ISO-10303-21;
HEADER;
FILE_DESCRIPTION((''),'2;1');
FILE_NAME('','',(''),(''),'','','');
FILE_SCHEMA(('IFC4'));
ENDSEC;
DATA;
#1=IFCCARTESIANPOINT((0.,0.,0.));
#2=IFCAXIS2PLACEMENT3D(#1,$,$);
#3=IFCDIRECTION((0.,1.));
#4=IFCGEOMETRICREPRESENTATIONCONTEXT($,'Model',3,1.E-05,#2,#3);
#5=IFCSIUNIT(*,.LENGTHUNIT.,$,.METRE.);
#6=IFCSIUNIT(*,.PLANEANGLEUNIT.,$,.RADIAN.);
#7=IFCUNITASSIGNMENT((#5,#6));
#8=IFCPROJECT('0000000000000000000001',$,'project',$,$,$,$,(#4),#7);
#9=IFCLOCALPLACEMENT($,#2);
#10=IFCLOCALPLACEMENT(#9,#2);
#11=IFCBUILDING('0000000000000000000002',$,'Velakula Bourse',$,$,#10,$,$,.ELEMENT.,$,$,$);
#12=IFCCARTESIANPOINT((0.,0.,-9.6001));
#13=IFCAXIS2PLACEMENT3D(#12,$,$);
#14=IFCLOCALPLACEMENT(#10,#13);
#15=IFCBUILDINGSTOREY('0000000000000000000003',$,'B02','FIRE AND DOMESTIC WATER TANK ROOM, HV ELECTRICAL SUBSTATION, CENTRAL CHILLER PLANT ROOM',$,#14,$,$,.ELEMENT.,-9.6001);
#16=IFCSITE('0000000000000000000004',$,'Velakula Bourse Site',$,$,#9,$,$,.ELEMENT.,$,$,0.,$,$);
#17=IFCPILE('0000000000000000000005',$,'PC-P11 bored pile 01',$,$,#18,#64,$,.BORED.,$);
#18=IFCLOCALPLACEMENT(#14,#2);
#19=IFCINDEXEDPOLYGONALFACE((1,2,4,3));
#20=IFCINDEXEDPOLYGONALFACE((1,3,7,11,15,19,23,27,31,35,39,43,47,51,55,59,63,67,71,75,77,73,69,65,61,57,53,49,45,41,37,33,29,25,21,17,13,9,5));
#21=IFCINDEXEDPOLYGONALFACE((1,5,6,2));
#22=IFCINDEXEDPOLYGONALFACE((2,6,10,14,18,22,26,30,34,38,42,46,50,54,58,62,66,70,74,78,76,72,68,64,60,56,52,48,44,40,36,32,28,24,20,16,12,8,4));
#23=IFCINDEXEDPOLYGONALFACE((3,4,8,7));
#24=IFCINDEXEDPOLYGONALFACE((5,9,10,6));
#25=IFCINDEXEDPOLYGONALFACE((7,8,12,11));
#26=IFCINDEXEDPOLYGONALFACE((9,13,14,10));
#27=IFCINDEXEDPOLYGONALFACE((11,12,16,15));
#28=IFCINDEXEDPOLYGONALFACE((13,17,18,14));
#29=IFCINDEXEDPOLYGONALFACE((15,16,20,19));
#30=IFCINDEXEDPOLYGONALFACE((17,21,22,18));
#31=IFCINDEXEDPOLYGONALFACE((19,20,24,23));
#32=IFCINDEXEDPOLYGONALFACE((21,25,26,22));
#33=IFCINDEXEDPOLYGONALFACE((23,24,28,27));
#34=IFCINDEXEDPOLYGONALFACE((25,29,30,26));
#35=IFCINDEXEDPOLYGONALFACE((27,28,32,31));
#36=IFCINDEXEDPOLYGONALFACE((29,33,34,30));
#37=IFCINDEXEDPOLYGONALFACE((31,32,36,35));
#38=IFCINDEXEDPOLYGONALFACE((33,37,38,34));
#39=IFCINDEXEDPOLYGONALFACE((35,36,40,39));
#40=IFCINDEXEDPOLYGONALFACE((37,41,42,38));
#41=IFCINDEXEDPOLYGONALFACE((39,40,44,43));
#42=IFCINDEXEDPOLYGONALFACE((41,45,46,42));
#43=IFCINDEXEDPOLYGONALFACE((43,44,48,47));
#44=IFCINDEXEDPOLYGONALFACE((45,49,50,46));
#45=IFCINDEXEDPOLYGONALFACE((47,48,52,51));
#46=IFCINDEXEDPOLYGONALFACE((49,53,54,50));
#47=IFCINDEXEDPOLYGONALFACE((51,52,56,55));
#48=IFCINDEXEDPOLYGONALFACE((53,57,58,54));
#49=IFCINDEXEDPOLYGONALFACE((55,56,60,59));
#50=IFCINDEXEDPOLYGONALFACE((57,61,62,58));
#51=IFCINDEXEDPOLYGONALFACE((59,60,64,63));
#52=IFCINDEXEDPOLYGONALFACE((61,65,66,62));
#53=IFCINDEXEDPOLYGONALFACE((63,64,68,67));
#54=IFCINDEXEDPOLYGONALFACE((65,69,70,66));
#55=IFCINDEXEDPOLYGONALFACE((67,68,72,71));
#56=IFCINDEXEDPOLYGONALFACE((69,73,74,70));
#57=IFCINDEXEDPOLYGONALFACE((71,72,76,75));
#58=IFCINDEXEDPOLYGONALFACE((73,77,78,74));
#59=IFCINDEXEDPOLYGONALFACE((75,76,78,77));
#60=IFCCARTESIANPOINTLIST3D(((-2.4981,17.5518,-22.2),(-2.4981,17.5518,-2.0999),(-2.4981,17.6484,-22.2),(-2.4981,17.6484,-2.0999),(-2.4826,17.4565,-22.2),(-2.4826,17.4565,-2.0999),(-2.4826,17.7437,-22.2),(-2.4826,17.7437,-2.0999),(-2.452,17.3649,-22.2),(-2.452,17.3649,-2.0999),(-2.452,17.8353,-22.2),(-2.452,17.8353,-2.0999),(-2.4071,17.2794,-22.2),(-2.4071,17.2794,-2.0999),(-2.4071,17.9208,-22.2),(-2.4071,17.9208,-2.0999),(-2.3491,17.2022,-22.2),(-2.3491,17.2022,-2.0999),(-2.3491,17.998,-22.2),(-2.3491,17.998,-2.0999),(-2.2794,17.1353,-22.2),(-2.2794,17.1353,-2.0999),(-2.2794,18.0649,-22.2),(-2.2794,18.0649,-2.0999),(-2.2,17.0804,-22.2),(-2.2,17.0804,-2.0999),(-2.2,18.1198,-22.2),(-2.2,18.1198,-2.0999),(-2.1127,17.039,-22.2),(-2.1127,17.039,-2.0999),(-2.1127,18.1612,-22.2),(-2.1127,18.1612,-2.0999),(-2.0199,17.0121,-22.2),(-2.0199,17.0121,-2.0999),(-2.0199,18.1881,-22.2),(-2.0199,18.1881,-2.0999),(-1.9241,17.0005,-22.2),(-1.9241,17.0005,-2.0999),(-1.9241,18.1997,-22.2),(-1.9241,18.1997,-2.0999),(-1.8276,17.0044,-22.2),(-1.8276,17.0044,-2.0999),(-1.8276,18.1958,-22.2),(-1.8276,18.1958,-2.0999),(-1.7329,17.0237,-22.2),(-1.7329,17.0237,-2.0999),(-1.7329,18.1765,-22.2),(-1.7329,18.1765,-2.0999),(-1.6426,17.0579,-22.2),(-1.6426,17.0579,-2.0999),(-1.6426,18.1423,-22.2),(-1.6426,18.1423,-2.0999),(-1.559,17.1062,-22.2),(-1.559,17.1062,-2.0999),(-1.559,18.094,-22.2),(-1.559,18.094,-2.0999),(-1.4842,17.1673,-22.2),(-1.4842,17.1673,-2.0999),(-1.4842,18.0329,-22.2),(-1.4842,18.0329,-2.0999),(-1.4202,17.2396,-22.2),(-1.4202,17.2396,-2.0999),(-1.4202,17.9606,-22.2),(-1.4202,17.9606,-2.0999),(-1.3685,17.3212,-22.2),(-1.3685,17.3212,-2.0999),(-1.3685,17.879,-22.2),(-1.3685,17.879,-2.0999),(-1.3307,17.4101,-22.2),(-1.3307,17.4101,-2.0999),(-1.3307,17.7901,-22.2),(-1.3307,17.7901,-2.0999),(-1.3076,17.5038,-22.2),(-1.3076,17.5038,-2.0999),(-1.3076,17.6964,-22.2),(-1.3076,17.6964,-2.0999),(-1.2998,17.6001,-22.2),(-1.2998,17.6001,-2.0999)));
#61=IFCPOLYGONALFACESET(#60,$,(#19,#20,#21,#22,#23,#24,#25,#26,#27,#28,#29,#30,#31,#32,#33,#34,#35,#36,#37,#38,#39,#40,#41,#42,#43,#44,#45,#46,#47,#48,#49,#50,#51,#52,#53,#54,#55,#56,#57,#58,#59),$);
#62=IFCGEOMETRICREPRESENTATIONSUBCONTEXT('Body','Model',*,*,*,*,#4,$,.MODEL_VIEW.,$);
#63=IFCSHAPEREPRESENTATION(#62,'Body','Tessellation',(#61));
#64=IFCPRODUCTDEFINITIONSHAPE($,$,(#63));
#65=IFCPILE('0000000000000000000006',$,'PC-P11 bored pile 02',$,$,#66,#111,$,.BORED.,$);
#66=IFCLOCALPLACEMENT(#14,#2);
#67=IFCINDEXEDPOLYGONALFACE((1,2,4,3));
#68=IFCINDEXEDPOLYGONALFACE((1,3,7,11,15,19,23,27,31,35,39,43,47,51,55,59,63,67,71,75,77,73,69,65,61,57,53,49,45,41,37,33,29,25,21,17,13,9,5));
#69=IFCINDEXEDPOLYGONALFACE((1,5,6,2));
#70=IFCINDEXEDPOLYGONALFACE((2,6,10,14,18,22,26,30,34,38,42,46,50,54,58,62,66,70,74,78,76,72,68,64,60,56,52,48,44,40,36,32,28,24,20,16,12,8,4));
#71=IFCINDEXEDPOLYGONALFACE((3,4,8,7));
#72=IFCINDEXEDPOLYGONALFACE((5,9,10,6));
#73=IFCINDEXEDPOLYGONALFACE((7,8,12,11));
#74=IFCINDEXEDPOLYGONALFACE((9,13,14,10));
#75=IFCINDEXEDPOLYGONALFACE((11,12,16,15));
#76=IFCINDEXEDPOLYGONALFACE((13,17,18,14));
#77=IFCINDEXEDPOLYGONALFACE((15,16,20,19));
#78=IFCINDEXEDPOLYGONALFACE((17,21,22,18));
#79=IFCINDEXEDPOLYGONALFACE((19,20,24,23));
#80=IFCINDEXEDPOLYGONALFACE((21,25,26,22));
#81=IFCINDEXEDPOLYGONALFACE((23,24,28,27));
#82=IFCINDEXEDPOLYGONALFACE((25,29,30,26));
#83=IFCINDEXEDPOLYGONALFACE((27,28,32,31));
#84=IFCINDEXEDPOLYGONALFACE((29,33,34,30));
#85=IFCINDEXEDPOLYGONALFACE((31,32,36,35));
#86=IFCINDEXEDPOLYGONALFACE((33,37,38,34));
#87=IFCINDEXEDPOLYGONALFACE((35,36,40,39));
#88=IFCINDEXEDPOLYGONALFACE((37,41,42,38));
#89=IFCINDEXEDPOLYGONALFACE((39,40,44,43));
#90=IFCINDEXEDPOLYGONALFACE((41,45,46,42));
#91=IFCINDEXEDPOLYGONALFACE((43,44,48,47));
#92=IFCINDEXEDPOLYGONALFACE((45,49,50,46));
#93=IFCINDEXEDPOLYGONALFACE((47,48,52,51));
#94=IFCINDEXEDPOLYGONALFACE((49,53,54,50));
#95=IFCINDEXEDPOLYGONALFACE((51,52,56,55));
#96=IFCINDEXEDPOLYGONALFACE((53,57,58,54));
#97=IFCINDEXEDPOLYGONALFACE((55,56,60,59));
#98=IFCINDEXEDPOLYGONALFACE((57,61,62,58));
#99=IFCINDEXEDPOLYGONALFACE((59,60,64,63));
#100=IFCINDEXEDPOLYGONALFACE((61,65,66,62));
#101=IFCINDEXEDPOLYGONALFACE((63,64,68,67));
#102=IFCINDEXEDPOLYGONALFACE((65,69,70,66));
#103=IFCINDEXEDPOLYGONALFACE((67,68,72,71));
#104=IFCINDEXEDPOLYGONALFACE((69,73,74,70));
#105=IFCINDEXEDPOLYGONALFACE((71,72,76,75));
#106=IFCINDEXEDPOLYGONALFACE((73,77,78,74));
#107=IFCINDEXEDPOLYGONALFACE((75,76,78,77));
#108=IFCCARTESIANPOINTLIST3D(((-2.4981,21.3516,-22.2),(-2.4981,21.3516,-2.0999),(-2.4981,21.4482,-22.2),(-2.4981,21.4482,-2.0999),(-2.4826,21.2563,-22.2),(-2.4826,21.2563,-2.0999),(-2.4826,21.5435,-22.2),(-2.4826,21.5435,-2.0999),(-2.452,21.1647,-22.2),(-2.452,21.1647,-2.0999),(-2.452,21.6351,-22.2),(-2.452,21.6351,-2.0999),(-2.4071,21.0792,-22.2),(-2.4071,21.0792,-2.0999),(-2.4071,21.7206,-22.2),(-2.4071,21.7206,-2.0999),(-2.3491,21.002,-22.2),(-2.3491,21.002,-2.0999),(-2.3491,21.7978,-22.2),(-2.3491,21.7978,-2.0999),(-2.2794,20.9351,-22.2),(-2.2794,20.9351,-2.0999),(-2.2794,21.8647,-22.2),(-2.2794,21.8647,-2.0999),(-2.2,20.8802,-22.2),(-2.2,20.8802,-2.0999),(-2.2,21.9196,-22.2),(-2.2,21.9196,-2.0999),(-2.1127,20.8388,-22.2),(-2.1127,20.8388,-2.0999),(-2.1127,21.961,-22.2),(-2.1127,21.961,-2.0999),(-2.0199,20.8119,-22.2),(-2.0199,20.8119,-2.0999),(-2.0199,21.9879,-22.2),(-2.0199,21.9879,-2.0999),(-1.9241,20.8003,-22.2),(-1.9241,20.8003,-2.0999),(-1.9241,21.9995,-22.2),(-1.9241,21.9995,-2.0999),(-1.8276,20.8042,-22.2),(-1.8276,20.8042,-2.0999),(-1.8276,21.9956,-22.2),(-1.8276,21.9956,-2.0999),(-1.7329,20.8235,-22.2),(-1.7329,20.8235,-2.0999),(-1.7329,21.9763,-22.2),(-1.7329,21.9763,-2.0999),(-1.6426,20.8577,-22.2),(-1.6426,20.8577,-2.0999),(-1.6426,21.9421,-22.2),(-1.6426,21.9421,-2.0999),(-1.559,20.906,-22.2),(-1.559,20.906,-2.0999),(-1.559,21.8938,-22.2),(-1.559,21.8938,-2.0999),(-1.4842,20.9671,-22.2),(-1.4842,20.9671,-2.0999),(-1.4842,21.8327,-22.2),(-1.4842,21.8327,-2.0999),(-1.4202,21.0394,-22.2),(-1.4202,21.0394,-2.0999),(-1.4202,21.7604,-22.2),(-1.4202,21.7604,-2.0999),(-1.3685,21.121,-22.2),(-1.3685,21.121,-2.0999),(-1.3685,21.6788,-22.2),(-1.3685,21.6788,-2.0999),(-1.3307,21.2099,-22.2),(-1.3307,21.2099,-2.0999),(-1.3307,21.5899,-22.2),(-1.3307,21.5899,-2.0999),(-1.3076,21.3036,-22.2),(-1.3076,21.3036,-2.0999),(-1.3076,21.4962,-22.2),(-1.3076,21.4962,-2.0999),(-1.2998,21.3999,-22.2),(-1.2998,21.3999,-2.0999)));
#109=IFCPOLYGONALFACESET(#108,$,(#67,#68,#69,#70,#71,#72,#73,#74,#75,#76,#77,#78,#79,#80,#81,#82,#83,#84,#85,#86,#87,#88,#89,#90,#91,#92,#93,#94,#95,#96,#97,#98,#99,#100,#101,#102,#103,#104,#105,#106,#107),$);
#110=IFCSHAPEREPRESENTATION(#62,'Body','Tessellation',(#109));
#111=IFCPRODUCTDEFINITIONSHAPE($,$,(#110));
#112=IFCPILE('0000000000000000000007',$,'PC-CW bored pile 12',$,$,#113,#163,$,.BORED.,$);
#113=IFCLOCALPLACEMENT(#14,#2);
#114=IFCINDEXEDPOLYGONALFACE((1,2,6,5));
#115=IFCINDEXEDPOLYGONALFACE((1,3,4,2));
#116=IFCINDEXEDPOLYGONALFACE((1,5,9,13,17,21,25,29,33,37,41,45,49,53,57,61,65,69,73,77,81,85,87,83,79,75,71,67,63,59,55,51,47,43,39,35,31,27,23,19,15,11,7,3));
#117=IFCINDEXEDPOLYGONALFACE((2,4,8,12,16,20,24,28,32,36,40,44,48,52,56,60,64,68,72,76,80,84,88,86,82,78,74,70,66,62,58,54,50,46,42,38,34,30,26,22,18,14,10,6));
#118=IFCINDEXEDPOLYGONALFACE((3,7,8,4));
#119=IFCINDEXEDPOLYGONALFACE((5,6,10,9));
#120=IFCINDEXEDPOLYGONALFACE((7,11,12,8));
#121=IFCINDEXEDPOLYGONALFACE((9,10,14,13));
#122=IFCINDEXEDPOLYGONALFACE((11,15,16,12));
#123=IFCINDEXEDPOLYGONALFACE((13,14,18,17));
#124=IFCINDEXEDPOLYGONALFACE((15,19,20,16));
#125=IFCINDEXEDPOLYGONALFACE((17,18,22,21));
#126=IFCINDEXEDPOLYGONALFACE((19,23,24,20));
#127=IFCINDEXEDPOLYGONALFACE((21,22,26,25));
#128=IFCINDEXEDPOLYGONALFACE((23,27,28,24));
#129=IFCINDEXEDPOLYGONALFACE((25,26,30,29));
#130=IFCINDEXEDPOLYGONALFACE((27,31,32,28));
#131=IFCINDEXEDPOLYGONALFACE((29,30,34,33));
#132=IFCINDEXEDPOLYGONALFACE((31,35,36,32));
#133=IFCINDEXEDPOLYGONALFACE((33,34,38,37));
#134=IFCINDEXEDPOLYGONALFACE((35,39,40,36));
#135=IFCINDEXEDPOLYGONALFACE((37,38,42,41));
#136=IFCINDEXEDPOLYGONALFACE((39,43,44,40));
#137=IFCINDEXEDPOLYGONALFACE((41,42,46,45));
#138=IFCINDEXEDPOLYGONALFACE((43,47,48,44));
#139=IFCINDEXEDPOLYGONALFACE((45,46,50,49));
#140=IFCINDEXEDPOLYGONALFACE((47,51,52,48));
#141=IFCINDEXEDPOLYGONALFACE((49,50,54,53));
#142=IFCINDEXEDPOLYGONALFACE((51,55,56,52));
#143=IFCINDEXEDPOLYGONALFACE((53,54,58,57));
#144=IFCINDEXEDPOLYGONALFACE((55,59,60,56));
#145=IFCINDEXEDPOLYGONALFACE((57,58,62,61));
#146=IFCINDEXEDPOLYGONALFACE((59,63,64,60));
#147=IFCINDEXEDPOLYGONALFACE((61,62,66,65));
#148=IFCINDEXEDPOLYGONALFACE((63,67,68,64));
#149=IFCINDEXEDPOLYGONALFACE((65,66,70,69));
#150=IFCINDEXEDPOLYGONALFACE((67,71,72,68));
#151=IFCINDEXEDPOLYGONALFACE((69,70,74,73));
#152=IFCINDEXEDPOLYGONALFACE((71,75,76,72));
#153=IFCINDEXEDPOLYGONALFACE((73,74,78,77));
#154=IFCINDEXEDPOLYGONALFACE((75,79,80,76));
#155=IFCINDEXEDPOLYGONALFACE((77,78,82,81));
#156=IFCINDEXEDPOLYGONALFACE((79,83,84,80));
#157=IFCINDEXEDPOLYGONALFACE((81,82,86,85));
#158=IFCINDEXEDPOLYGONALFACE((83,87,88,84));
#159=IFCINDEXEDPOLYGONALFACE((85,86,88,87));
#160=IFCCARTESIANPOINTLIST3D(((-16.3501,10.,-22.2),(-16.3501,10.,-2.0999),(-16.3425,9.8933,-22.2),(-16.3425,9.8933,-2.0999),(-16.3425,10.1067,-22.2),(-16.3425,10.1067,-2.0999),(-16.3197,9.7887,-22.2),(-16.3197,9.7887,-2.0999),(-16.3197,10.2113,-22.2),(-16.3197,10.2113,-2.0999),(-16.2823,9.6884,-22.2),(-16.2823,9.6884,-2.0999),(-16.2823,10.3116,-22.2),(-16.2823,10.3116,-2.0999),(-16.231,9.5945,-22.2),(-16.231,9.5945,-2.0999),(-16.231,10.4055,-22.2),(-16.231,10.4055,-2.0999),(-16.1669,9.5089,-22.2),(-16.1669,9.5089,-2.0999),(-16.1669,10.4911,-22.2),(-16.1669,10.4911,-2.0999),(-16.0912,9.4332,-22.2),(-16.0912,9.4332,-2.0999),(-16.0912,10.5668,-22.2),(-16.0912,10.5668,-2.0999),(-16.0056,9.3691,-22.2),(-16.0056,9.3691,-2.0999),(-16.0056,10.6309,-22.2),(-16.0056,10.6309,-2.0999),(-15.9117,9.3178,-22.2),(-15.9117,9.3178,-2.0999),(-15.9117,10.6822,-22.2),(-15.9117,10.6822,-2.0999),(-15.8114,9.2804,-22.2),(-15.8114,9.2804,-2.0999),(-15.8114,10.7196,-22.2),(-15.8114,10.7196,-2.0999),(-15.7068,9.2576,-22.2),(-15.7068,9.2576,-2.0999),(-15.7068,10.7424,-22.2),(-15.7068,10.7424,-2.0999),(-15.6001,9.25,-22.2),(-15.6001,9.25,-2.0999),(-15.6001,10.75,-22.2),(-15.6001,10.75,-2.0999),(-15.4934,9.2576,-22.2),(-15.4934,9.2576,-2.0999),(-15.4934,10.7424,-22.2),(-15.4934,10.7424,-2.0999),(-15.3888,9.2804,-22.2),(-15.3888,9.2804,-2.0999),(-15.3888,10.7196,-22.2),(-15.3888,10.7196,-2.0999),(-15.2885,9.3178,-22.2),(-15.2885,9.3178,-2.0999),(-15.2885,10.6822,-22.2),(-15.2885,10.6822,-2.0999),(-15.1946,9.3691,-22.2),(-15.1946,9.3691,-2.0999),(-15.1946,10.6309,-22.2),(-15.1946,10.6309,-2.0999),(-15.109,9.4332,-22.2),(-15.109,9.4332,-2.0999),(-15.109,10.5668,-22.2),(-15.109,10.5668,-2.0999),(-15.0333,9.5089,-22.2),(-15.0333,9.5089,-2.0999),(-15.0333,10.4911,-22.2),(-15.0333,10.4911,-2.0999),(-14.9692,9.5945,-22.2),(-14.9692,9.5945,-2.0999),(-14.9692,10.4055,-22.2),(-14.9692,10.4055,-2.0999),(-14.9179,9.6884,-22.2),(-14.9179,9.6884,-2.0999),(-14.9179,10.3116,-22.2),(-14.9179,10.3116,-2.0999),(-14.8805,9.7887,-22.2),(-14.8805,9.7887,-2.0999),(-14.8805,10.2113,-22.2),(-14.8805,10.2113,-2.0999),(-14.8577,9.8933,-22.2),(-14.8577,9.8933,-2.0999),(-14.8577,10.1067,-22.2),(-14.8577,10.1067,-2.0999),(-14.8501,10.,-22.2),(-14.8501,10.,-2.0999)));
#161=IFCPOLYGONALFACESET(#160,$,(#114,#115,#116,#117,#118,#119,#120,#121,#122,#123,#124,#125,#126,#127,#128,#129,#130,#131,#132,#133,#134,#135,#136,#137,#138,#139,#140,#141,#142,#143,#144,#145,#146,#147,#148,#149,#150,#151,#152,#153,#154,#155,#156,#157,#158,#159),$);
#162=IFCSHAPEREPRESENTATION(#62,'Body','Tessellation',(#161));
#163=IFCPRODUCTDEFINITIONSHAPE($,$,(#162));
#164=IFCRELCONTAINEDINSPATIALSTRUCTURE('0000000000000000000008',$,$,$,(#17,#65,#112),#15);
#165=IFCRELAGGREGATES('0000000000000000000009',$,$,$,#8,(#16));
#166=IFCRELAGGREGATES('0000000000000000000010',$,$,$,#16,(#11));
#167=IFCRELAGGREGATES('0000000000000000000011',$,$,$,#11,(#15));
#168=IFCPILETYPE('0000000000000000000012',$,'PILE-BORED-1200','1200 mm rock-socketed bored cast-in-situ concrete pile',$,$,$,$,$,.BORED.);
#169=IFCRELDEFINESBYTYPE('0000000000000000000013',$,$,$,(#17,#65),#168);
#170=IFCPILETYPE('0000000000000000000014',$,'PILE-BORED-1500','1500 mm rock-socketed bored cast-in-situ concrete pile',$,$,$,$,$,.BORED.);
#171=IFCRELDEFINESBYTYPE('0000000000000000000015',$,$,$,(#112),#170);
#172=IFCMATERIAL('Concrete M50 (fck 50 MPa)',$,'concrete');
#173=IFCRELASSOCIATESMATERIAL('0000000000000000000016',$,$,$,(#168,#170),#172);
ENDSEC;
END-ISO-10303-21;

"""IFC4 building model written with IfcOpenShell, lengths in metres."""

from ifc_helpers import new_model, si_unit, direction, frame, origin, origin_2d, place, context, subcontext, project, spatial, circle, extrude, material, material_profile, profile_set, type_object, element, save


model = new_model("IFC4")

# Units and contexts
model_context = context("Model", 3, precision=1e-05, world=origin(), true_north=direction((0.0, 1.0)))
body_context = subcontext(model_context, "Body", "Model", "MODEL_VIEW")
ifc_project = project(units=[si_unit("LENGTHUNIT", "METRE"), si_unit("PLANEANGLEUNIT", "RADIAN")], contexts=[model_context])

# Site, building, storey
site_placement = place(None, origin())
site = spatial("IfcSite", under=ifc_project, at=site_placement, Name="Velakula Bourse Site", CompositionType="ELEMENT", RefElevation=0.0)
building_placement = place(site_placement, origin())
building = spatial("IfcBuilding", under=site, at=building_placement, Name="Velakula Bourse", CompositionType="ELEMENT")
storey_placement = place(building_placement, frame((0.0, 0.0, -9.6001)))
storey = spatial("IfcBuildingStorey", under=building, at=storey_placement, Name="B02", Description="FIRE AND DOMESTIC WATER TANK ROOM, HV ELECTRICAL SUBSTATION, CENTRAL CHILLER PLANT ROOM", CompositionType="ELEMENT", Elevation=-9.6001)

# Shared definitions
ifc_material_1 = material(Name="Concrete M50 (fck 50 MPa)", Category="concrete")

# Piles
ifc_material_profile_1 = material_profile(ifc_material_1, circle(Radius=0.6001, at=origin_2d()), Name="Concrete M50 (fck 50 MPa)")
ifc_profile_set_1 = profile_set([ifc_material_profile_1], Name="Concrete M50 (fck 50 MPa)")
pile_type_1 = type_object("IfcPileType", Name="PILE-BORED-1200", Description="1200 mm rock-socketed bored cast-in-situ concrete pile", PredefinedType="BORED", material=ifc_profile_set_1)
for number, where, z_axis, x_axis, name in (
    (1, (-1.8999, 17.6001, -2.0999), (0.0, 0.0, -1.0), (1.0, 0.0, 0.0), "PC-P11 bored pile 01"),
    (2, (-1.8999, 21.3999, -2.0999), (0.0, 0.0, -1.0), (1.0, 0.0, 0.0), "PC-P11 bored pile 02"),
):
    element("IfcPile", number, at=place(storey_placement, frame(where, z_axis=z_axis, x_axis=x_axis)), inside=storey, type_object=pile_type_1, Name=name, PredefinedType="BORED", context=body_context, shape_type="SweptSolid", body=[
        extrude(circle(Radius=0.6001, at=origin_2d()), origin(), (0.0, 0.0, 1.0), 20.1001),
    ])
ifc_material_profile_2 = material_profile(ifc_material_1, circle(Radius=0.75, at=origin_2d()), Name="Concrete M50 (fck 50 MPa)")
ifc_profile_set_2 = profile_set([ifc_material_profile_2], Name="Concrete M50 (fck 50 MPa)")
pile_type_2 = type_object("IfcPileType", Name="PILE-BORED-1500", Description="1500 mm rock-socketed bored cast-in-situ concrete pile", PredefinedType="BORED", material=ifc_profile_set_2)
for number, where, z_axis, x_axis, name in (
    (3, (-15.6001, 10.0, -2.0999), (0.0, 0.0, -1.0), (1.0, 0.0, 0.0), "PC-CW bored pile 12"),
):
    element("IfcPile", number, at=place(storey_placement, frame(where, z_axis=z_axis, x_axis=x_axis)), inside=storey, type_object=pile_type_2, Name=name, PredefinedType="BORED", context=body_context, shape_type="SweptSolid", body=[
        extrude(circle(Radius=0.75, at=origin_2d()), origin(), (0.0, 0.0, 1.0), 20.1001),
    ])

save(model, "model.ifc")
